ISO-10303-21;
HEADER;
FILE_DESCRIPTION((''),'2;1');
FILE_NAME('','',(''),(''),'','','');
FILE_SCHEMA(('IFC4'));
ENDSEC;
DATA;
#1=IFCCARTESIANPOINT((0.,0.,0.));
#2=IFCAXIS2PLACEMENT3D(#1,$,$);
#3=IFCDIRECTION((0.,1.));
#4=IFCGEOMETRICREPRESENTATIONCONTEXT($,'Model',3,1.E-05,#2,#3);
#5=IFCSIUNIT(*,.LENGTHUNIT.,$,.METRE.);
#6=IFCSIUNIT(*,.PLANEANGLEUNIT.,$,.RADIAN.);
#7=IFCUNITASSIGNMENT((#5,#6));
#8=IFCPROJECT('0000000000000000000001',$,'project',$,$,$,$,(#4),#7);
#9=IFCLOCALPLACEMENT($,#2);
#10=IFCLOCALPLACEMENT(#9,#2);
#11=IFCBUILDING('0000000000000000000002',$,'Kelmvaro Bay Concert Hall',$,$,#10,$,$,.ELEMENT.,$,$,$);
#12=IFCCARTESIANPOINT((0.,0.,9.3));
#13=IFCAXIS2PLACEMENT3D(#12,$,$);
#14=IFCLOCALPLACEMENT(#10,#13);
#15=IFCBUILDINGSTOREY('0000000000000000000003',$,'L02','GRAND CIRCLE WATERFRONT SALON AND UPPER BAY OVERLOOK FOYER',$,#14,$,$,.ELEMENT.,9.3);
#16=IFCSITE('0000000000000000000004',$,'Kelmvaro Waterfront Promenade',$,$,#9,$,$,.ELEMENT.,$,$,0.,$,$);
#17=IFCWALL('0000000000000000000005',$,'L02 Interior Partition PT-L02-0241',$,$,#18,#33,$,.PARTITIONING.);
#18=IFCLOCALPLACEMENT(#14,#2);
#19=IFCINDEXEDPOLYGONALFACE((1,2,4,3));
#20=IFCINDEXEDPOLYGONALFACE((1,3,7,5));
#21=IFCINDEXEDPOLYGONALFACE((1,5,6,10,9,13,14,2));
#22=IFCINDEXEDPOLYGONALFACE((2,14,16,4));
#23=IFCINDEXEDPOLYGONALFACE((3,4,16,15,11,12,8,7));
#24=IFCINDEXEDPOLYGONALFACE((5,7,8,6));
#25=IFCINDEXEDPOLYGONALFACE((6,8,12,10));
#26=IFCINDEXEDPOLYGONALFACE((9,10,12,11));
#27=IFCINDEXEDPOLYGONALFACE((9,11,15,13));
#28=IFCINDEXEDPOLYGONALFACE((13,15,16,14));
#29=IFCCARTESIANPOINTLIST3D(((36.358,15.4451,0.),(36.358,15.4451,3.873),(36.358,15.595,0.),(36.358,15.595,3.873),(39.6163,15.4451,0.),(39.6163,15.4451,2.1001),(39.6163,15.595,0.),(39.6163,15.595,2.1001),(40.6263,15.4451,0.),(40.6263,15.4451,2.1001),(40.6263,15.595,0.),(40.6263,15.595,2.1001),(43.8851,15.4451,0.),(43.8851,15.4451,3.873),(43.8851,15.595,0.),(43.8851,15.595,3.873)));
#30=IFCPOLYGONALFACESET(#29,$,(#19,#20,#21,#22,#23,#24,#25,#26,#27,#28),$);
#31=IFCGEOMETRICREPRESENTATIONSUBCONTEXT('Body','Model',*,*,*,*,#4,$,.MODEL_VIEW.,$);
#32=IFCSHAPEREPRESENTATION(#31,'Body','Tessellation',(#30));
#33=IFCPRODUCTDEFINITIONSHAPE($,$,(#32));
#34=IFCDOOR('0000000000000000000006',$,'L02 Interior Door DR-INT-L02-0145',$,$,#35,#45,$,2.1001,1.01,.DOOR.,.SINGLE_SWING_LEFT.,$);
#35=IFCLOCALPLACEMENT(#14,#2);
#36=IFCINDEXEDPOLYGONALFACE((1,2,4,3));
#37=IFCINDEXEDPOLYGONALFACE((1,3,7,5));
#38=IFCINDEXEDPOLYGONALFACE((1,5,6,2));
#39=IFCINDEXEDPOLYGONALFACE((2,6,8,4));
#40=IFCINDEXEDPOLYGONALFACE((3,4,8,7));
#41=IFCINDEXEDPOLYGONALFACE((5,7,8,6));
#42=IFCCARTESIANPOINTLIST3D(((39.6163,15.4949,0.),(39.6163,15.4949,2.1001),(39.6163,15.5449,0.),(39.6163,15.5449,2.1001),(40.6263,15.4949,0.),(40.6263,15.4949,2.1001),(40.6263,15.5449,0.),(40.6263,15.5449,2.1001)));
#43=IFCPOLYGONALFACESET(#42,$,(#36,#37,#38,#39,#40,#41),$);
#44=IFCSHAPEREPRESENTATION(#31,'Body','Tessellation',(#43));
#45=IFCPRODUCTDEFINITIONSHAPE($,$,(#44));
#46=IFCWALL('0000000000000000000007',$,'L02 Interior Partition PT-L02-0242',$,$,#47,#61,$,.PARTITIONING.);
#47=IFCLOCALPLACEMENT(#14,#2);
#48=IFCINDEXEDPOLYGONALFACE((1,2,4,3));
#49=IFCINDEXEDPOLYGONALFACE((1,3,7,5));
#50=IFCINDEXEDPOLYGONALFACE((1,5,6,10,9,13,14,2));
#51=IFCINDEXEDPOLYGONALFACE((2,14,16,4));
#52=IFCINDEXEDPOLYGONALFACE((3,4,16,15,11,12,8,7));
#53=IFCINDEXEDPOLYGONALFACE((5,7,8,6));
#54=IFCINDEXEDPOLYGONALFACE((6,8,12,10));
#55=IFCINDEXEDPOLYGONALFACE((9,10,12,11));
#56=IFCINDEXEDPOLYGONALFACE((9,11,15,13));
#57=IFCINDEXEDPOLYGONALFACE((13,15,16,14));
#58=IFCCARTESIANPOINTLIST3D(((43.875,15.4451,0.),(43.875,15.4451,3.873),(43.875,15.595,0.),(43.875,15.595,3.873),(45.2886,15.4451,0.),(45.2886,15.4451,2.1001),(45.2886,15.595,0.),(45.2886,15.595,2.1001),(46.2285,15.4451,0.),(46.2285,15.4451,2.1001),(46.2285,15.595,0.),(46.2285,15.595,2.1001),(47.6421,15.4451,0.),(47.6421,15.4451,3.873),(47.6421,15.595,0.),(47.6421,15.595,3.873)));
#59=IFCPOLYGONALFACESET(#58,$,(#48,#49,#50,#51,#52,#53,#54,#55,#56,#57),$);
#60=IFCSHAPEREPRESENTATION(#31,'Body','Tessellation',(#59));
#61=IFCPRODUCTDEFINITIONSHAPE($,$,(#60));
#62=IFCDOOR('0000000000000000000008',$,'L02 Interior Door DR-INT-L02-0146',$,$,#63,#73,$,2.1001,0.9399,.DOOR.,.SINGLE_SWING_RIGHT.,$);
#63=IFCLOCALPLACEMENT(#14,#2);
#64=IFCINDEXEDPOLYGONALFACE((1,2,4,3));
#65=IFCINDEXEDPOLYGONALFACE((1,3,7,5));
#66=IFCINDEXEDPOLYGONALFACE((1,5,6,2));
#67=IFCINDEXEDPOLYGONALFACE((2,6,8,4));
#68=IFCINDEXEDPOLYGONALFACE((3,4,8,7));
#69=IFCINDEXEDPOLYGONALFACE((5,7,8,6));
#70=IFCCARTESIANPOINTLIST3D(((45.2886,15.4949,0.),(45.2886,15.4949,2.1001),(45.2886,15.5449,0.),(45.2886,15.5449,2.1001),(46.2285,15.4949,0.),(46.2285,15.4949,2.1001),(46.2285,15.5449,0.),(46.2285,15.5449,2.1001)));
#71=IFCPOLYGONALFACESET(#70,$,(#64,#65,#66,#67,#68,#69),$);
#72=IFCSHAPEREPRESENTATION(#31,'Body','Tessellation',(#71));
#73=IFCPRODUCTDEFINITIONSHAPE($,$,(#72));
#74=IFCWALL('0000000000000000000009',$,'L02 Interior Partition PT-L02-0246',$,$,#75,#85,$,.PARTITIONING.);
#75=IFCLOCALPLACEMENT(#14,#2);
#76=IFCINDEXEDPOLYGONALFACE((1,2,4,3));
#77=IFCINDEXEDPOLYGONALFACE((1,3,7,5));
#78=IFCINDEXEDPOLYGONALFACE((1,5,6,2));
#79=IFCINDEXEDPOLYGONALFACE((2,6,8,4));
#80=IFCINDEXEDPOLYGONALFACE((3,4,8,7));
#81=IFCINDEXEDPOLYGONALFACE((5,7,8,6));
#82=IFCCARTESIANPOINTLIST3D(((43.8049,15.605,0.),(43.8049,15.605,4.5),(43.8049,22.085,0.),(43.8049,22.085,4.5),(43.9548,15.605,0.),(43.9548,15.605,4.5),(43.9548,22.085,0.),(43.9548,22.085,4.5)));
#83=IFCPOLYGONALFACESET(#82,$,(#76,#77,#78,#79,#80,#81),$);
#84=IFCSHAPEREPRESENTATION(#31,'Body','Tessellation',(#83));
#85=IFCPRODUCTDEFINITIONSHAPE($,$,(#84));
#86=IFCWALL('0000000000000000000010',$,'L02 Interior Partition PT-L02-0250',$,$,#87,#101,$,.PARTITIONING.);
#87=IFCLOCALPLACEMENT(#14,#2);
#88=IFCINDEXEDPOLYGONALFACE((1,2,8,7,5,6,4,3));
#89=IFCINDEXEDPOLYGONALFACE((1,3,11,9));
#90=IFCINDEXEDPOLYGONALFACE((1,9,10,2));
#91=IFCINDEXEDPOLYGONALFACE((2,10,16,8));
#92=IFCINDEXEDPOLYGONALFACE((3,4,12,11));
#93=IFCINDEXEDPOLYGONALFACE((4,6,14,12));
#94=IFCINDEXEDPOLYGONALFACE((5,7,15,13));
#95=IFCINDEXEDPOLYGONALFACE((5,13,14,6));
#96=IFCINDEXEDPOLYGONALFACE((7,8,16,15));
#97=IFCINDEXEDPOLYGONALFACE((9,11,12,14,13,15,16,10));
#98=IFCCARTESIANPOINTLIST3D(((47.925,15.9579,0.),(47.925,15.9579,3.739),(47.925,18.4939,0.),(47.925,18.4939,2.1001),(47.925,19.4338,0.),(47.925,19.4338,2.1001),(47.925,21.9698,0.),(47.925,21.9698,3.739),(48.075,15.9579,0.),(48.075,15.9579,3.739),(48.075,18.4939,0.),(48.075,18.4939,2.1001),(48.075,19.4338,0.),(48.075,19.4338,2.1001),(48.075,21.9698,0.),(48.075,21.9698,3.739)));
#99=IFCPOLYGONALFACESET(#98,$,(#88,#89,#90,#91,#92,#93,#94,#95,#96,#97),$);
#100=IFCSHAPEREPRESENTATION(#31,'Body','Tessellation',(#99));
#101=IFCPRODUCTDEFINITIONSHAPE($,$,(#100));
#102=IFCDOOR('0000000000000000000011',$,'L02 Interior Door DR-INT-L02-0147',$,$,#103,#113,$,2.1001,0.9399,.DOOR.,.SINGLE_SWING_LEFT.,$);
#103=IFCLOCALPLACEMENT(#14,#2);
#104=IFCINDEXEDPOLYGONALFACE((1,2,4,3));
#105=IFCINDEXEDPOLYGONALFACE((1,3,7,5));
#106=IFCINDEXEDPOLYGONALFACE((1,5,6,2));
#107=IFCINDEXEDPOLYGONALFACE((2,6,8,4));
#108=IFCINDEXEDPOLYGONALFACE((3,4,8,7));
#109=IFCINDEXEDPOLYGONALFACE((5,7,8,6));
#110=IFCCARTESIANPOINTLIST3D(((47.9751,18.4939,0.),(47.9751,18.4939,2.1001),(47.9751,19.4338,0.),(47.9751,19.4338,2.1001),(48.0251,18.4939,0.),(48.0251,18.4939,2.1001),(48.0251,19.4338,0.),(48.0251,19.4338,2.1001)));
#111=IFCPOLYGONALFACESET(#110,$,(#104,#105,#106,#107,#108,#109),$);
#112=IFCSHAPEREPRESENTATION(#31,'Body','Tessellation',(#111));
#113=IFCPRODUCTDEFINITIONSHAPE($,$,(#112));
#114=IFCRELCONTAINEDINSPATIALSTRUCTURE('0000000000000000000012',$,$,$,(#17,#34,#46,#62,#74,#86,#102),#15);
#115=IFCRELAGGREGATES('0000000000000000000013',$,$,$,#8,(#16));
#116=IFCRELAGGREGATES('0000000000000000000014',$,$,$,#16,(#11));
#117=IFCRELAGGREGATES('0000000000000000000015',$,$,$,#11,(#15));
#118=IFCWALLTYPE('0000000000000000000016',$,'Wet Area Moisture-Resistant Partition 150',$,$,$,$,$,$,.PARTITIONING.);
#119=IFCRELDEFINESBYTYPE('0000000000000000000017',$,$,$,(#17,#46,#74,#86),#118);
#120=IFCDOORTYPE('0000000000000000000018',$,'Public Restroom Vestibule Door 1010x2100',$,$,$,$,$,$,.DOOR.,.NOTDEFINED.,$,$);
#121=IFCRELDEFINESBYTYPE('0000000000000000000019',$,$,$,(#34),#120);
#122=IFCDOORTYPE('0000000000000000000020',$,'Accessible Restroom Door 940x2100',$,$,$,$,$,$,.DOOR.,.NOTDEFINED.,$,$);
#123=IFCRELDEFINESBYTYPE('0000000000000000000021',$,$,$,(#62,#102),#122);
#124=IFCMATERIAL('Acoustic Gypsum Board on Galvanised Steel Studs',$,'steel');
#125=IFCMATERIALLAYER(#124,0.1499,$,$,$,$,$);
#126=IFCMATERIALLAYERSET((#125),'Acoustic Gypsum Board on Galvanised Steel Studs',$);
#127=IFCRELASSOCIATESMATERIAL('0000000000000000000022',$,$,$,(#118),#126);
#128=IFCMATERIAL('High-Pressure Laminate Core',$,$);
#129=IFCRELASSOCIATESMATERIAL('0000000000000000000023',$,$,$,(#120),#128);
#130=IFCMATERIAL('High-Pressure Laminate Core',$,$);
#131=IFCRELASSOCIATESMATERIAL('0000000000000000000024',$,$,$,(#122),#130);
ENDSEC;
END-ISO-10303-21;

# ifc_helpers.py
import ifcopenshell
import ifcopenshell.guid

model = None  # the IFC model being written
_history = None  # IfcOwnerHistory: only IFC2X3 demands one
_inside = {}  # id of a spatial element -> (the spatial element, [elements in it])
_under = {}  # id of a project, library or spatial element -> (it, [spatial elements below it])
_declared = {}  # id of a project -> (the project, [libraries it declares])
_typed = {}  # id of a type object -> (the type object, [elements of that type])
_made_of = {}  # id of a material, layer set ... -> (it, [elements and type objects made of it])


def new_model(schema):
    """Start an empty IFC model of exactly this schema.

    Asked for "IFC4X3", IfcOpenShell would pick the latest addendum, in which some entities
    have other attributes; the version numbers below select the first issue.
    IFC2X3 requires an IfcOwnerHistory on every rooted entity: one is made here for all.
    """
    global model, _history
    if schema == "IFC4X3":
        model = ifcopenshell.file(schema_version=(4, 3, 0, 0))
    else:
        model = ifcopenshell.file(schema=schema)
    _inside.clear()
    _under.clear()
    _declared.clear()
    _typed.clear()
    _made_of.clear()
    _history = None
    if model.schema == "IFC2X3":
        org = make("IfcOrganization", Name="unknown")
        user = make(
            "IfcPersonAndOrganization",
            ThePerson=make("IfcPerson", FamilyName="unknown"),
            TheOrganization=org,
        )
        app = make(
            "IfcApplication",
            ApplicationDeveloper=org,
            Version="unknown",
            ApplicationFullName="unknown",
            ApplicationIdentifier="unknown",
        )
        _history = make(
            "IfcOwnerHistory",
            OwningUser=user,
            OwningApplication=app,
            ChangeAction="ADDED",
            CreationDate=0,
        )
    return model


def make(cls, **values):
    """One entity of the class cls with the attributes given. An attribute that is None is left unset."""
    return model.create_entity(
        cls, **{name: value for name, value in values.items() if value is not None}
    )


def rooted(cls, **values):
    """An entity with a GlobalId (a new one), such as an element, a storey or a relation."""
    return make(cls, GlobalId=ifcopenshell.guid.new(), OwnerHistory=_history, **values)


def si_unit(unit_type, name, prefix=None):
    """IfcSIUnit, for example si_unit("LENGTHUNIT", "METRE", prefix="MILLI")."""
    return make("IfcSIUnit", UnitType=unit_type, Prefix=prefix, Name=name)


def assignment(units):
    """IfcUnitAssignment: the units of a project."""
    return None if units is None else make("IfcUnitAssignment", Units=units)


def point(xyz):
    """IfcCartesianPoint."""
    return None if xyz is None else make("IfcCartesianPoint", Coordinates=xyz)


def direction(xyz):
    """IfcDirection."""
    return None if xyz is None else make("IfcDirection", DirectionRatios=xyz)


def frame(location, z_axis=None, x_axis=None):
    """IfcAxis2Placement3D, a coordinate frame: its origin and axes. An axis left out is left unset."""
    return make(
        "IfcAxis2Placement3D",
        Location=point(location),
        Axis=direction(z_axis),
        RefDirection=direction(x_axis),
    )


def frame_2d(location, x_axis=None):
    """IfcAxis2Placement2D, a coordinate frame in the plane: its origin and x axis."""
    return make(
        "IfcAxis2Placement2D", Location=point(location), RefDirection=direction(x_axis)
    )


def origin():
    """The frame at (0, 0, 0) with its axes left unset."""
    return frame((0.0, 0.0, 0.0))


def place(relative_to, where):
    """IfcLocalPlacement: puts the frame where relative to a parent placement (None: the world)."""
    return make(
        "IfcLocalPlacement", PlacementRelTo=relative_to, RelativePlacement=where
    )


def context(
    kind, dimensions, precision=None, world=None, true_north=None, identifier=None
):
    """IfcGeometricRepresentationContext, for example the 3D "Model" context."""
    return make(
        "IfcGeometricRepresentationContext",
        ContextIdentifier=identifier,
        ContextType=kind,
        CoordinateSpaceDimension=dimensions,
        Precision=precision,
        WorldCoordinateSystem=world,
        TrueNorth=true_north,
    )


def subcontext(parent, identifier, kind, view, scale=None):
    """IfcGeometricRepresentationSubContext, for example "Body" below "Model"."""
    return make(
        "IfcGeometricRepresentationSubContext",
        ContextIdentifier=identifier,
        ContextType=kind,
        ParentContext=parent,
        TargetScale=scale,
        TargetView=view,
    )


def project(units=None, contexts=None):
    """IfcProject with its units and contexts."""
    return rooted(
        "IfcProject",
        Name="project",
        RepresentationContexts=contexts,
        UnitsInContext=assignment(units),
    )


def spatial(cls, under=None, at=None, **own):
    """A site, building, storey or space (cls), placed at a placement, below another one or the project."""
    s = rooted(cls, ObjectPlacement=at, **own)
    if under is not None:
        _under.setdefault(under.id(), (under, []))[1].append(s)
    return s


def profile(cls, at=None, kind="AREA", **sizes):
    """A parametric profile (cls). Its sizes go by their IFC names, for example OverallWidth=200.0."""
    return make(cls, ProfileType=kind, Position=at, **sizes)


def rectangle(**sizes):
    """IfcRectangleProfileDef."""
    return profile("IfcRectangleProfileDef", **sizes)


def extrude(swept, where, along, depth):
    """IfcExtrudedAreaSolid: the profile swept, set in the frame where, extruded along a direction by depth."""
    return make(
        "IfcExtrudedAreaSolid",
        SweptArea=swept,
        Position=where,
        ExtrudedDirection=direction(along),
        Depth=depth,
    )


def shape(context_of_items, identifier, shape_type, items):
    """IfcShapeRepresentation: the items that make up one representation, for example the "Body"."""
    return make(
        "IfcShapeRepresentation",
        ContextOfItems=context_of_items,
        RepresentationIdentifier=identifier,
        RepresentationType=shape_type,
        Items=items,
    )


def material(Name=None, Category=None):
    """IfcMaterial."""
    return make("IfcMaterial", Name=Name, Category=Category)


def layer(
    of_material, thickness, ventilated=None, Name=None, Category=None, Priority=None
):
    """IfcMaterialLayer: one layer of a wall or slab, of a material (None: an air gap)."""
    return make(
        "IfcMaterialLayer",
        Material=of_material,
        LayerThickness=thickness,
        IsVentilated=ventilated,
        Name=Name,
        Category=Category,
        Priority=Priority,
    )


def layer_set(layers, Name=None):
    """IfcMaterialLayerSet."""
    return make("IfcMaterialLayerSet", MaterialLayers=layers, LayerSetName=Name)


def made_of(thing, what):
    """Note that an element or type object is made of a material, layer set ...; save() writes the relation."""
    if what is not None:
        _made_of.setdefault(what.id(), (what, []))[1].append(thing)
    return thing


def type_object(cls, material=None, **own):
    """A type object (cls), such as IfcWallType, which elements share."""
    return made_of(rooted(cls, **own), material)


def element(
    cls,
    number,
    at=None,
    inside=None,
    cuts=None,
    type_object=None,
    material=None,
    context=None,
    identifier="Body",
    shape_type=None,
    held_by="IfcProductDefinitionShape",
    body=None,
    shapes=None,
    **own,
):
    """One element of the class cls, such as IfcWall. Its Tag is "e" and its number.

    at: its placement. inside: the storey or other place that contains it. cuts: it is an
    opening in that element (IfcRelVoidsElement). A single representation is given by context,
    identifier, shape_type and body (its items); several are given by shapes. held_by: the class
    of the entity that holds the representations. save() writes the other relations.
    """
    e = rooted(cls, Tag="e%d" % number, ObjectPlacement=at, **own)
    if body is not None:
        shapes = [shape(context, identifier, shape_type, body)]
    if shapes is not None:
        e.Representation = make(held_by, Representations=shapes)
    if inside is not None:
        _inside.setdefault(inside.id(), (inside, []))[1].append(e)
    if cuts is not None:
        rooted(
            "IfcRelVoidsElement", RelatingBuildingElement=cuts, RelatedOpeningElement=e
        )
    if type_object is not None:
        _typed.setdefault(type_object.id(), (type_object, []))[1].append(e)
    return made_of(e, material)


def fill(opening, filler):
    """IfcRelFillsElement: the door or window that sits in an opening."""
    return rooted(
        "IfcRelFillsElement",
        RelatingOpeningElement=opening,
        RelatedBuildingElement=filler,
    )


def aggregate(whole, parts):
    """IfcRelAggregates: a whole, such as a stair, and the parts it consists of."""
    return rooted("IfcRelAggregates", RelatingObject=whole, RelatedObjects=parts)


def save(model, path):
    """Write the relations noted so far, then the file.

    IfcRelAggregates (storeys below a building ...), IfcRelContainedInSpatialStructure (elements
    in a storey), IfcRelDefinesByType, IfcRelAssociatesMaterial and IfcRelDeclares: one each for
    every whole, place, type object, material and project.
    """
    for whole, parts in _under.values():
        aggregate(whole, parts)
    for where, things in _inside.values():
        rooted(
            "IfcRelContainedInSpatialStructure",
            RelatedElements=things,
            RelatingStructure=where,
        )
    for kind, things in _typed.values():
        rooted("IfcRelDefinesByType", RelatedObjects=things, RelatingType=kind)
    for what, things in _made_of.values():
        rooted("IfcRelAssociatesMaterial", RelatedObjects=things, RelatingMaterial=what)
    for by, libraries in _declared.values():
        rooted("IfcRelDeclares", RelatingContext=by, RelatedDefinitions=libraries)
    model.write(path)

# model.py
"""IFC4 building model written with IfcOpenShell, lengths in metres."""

from ifc_helpers import new_model, si_unit, direction, frame, frame_2d, origin, place, context, subcontext, project, spatial, rectangle, extrude, material, layer, layer_set, type_object, element, fill, save


model = new_model("IFC4")

# Units and contexts
model_context = context("Model", 3, precision=1e-05, world=origin(), true_north=direction((0.0, 1.0)))
body_context = subcontext(model_context, "Body", "Model", "MODEL_VIEW")
ifc_project = project(units=[si_unit("LENGTHUNIT", "METRE"), si_unit("PLANEANGLEUNIT", "RADIAN")], contexts=[model_context])

# Site, building, storey
site_placement = place(None, origin())
site = spatial("IfcSite", under=ifc_project, at=site_placement, Name="Kelmvaro Waterfront Promenade", CompositionType="ELEMENT", RefElevation=0.0)
building_placement = place(site_placement, origin())
building = spatial("IfcBuilding", under=site, at=building_placement, Name="Kelmvaro Bay Concert Hall", CompositionType="ELEMENT")
storey_placement = place(building_placement, frame((0.0, 0.0, 9.3)))
storey = spatial("IfcBuildingStorey", under=building, at=storey_placement, Name="L02", Description="GRAND CIRCLE WATERFRONT SALON AND UPPER BAY OVERLOOK FOYER", CompositionType="ELEMENT", Elevation=9.3)

# Walls, openings, doors
ifc_material_1 = material(Name="Acoustic Gypsum Board on Galvanised Steel Studs", Category="steel")
ifc_layer_1 = layer(ifc_material_1, 0.1499)
ifc_layer_set_1 = layer_set([ifc_layer_1], Name="Acoustic Gypsum Board on Galvanised Steel Studs")
wall_type_1 = type_object("IfcWallType", Name="Wet Area Moisture-Resistant Partition 150", PredefinedType="PARTITIONING", material=ifc_layer_set_1)
wall_1_placement = place(storey_placement, frame((36.3579, 15.52, 0.0), z_axis=(0.0, 0.0, 1.0), x_axis=(1.0, 0.0, 0.0)))
wall_1 = element("IfcWall", 1, at=wall_1_placement, inside=storey, type_object=wall_type_1, Name="L02 Interior Partition PT-L02-0241", PredefinedType="PARTITIONING", context=body_context, shape_type="SweptSolid", body=[
    extrude(rectangle(XDim=7.5271, YDim=0.1499, at=frame_2d((3.7637, 0.0))), origin(), (0.0, 0.0, 1.0), 3.873),
])
opening_1_placement = place(wall_1_placement, frame((3.2585, 0.0, 0.0)))
opening_1 = element("IfcOpeningElement", 2, at=opening_1_placement, cuts=wall_1, PredefinedType="OPENING", context=body_context, shape_type="SweptSolid", body=[
    extrude(rectangle(XDim=1.01, YDim=2.1001, at=frame_2d((0.5049, 1.05))), frame((0.0, 0.085, 0.0), z_axis=(0.0, -1.0, 0.0), x_axis=(1.0, 0.0, 0.0)), (0.0, 0.0, 1.0), 0.1699),
])
ifc_material_2 = material(Name="High-Pressure Laminate Core")
door_type_1 = type_object("IfcDoorType", Name="Public Restroom Vestibule Door 1010x2100", OperationType="NOTDEFINED", PredefinedType="DOOR", material=ifc_material_2)
door_1_placement = place(opening_1_placement, origin())
door_1 = element("IfcDoor", 3, at=door_1_placement, inside=storey, type_object=door_type_1, Name="L02 Interior Door DR-INT-L02-0145", OperationType="SINGLE_SWING_LEFT", OverallHeight=2.1001, OverallWidth=1.01, PredefinedType="DOOR", context=body_context, shape_type="SweptSolid", body=[
    extrude(rectangle(XDim=1.01, YDim=2.1001, at=frame_2d((0.5049, 1.05))), frame((0.0, 0.0249, 0.0), z_axis=(0.0, -1.0, 0.0), x_axis=(1.0, 0.0, 0.0)), (0.0, 0.0, 1.0), 0.05),
])
fill(opening_1, door_1)
wall_2_placement = place(storey_placement, frame((43.875, 15.52, 0.0), z_axis=(0.0, 0.0, 1.0), x_axis=(1.0, 0.0, 0.0)))
wall_2 = element("IfcWall", 4, at=wall_2_placement, inside=storey, type_object=wall_type_1, Name="L02 Interior Partition PT-L02-0242", PredefinedType="PARTITIONING", context=body_context, shape_type="SweptSolid", body=[
    extrude(rectangle(XDim=3.7671, YDim=0.1499, at=frame_2d((1.8835, 0.0))), origin(), (0.0, 0.0, 1.0), 3.873),
])
opening_2_placement = place(wall_2_placement, frame((1.4136, 0.0, 0.0)))
opening_2 = element("IfcOpeningElement", 5, at=opening_2_placement, cuts=wall_2, PredefinedType="OPENING", context=body_context, shape_type="SweptSolid", body=[
    extrude(rectangle(XDim=0.9399, YDim=2.1001, at=frame_2d((0.47, 1.05))), frame((0.0, 0.085, 0.0), z_axis=(0.0, -1.0, 0.0), x_axis=(1.0, 0.0, 0.0)), (0.0, 0.0, 1.0), 0.1699),
])
ifc_material_3 = material(Name="High-Pressure Laminate Core")
door_type_2 = type_object("IfcDoorType", Name="Accessible Restroom Door 940x2100", OperationType="NOTDEFINED", PredefinedType="DOOR", material=ifc_material_3)
door_2_placement = place(opening_2_placement, origin())
door_2 = element("IfcDoor", 6, at=door_2_placement, inside=storey, type_object=door_type_2, Name="L02 Interior Door DR-INT-L02-0146", OperationType="SINGLE_SWING_RIGHT", OverallHeight=2.1001, OverallWidth=0.9399, PredefinedType="DOOR", context=body_context, shape_type="SweptSolid", body=[
    extrude(rectangle(XDim=0.9399, YDim=2.1001, at=frame_2d((0.47, 1.05))), frame((0.0, 0.0249, 0.0), z_axis=(0.0, -1.0, 0.0), x_axis=(1.0, 0.0, 0.0)), (0.0, 0.0, 1.0), 0.05),
])
fill(opening_2, door_2)

# Wall
wall_3_placement = place(storey_placement, frame((43.8799, 15.605, 0.0), z_axis=(0.0, 0.0, 1.0), x_axis=(0.0, 1.0, 0.0)))
element("IfcWall", 7, at=wall_3_placement, inside=storey, type_object=wall_type_1, Name="L02 Interior Partition PT-L02-0246", PredefinedType="PARTITIONING", context=body_context, shape_type="SweptSolid", body=[
    extrude(rectangle(XDim=6.48, YDim=0.1499, at=frame_2d((3.24, 0.0))), origin(), (0.0, 0.0, 1.0), 4.5),
])

# Wall, opening, door
wall_4_placement = place(storey_placement, frame((48.0, 15.958, 0.0), z_axis=(0.0, 0.0, 1.0), x_axis=(0.0, 1.0, 0.0)))
wall_4 = element("IfcWall", 8, at=wall_4_placement, inside=storey, type_object=wall_type_1, Name="L02 Interior Partition PT-L02-0250", PredefinedType="PARTITIONING", context=body_context, shape_type="SweptSolid", body=[
    extrude(rectangle(XDim=6.012, YDim=0.1499, at=frame_2d((3.0059, 0.0))), origin(), (0.0, 0.0, 1.0), 3.739),
])
opening_3_placement = place(wall_4_placement, frame((2.5359, 0.0, 0.0)))
opening_3 = element("IfcOpeningElement", 9, at=opening_3_placement, cuts=wall_4, PredefinedType="OPENING", context=body_context, shape_type="SweptSolid", body=[
    extrude(rectangle(XDim=0.9399, YDim=2.1001, at=frame_2d((0.47, 1.05))), frame((0.0, 0.085, 0.0), z_axis=(0.0, -1.0, 0.0), x_axis=(1.0, 0.0, 0.0)), (0.0, 0.0, 1.0), 0.1699),
])
door_3_placement = place(opening_3_placement, origin())
door_3 = element("IfcDoor", 10, at=door_3_placement, inside=storey, type_object=door_type_2, Name="L02 Interior Door DR-INT-L02-0147", OperationType="SINGLE_SWING_LEFT", OverallHeight=2.1001, OverallWidth=0.9399, PredefinedType="DOOR", context=body_context, shape_type="SweptSolid", body=[
    extrude(rectangle(XDim=0.9399, YDim=2.1001, at=frame_2d((0.47, 1.05))), frame((0.0, 0.0249, 0.0), z_axis=(0.0, -1.0, 0.0), x_axis=(1.0, 0.0, 0.0)), (0.0, 0.0, 1.0), 0.05),
])
fill(opening_3, door_3)

save(model, "model.ifc")
